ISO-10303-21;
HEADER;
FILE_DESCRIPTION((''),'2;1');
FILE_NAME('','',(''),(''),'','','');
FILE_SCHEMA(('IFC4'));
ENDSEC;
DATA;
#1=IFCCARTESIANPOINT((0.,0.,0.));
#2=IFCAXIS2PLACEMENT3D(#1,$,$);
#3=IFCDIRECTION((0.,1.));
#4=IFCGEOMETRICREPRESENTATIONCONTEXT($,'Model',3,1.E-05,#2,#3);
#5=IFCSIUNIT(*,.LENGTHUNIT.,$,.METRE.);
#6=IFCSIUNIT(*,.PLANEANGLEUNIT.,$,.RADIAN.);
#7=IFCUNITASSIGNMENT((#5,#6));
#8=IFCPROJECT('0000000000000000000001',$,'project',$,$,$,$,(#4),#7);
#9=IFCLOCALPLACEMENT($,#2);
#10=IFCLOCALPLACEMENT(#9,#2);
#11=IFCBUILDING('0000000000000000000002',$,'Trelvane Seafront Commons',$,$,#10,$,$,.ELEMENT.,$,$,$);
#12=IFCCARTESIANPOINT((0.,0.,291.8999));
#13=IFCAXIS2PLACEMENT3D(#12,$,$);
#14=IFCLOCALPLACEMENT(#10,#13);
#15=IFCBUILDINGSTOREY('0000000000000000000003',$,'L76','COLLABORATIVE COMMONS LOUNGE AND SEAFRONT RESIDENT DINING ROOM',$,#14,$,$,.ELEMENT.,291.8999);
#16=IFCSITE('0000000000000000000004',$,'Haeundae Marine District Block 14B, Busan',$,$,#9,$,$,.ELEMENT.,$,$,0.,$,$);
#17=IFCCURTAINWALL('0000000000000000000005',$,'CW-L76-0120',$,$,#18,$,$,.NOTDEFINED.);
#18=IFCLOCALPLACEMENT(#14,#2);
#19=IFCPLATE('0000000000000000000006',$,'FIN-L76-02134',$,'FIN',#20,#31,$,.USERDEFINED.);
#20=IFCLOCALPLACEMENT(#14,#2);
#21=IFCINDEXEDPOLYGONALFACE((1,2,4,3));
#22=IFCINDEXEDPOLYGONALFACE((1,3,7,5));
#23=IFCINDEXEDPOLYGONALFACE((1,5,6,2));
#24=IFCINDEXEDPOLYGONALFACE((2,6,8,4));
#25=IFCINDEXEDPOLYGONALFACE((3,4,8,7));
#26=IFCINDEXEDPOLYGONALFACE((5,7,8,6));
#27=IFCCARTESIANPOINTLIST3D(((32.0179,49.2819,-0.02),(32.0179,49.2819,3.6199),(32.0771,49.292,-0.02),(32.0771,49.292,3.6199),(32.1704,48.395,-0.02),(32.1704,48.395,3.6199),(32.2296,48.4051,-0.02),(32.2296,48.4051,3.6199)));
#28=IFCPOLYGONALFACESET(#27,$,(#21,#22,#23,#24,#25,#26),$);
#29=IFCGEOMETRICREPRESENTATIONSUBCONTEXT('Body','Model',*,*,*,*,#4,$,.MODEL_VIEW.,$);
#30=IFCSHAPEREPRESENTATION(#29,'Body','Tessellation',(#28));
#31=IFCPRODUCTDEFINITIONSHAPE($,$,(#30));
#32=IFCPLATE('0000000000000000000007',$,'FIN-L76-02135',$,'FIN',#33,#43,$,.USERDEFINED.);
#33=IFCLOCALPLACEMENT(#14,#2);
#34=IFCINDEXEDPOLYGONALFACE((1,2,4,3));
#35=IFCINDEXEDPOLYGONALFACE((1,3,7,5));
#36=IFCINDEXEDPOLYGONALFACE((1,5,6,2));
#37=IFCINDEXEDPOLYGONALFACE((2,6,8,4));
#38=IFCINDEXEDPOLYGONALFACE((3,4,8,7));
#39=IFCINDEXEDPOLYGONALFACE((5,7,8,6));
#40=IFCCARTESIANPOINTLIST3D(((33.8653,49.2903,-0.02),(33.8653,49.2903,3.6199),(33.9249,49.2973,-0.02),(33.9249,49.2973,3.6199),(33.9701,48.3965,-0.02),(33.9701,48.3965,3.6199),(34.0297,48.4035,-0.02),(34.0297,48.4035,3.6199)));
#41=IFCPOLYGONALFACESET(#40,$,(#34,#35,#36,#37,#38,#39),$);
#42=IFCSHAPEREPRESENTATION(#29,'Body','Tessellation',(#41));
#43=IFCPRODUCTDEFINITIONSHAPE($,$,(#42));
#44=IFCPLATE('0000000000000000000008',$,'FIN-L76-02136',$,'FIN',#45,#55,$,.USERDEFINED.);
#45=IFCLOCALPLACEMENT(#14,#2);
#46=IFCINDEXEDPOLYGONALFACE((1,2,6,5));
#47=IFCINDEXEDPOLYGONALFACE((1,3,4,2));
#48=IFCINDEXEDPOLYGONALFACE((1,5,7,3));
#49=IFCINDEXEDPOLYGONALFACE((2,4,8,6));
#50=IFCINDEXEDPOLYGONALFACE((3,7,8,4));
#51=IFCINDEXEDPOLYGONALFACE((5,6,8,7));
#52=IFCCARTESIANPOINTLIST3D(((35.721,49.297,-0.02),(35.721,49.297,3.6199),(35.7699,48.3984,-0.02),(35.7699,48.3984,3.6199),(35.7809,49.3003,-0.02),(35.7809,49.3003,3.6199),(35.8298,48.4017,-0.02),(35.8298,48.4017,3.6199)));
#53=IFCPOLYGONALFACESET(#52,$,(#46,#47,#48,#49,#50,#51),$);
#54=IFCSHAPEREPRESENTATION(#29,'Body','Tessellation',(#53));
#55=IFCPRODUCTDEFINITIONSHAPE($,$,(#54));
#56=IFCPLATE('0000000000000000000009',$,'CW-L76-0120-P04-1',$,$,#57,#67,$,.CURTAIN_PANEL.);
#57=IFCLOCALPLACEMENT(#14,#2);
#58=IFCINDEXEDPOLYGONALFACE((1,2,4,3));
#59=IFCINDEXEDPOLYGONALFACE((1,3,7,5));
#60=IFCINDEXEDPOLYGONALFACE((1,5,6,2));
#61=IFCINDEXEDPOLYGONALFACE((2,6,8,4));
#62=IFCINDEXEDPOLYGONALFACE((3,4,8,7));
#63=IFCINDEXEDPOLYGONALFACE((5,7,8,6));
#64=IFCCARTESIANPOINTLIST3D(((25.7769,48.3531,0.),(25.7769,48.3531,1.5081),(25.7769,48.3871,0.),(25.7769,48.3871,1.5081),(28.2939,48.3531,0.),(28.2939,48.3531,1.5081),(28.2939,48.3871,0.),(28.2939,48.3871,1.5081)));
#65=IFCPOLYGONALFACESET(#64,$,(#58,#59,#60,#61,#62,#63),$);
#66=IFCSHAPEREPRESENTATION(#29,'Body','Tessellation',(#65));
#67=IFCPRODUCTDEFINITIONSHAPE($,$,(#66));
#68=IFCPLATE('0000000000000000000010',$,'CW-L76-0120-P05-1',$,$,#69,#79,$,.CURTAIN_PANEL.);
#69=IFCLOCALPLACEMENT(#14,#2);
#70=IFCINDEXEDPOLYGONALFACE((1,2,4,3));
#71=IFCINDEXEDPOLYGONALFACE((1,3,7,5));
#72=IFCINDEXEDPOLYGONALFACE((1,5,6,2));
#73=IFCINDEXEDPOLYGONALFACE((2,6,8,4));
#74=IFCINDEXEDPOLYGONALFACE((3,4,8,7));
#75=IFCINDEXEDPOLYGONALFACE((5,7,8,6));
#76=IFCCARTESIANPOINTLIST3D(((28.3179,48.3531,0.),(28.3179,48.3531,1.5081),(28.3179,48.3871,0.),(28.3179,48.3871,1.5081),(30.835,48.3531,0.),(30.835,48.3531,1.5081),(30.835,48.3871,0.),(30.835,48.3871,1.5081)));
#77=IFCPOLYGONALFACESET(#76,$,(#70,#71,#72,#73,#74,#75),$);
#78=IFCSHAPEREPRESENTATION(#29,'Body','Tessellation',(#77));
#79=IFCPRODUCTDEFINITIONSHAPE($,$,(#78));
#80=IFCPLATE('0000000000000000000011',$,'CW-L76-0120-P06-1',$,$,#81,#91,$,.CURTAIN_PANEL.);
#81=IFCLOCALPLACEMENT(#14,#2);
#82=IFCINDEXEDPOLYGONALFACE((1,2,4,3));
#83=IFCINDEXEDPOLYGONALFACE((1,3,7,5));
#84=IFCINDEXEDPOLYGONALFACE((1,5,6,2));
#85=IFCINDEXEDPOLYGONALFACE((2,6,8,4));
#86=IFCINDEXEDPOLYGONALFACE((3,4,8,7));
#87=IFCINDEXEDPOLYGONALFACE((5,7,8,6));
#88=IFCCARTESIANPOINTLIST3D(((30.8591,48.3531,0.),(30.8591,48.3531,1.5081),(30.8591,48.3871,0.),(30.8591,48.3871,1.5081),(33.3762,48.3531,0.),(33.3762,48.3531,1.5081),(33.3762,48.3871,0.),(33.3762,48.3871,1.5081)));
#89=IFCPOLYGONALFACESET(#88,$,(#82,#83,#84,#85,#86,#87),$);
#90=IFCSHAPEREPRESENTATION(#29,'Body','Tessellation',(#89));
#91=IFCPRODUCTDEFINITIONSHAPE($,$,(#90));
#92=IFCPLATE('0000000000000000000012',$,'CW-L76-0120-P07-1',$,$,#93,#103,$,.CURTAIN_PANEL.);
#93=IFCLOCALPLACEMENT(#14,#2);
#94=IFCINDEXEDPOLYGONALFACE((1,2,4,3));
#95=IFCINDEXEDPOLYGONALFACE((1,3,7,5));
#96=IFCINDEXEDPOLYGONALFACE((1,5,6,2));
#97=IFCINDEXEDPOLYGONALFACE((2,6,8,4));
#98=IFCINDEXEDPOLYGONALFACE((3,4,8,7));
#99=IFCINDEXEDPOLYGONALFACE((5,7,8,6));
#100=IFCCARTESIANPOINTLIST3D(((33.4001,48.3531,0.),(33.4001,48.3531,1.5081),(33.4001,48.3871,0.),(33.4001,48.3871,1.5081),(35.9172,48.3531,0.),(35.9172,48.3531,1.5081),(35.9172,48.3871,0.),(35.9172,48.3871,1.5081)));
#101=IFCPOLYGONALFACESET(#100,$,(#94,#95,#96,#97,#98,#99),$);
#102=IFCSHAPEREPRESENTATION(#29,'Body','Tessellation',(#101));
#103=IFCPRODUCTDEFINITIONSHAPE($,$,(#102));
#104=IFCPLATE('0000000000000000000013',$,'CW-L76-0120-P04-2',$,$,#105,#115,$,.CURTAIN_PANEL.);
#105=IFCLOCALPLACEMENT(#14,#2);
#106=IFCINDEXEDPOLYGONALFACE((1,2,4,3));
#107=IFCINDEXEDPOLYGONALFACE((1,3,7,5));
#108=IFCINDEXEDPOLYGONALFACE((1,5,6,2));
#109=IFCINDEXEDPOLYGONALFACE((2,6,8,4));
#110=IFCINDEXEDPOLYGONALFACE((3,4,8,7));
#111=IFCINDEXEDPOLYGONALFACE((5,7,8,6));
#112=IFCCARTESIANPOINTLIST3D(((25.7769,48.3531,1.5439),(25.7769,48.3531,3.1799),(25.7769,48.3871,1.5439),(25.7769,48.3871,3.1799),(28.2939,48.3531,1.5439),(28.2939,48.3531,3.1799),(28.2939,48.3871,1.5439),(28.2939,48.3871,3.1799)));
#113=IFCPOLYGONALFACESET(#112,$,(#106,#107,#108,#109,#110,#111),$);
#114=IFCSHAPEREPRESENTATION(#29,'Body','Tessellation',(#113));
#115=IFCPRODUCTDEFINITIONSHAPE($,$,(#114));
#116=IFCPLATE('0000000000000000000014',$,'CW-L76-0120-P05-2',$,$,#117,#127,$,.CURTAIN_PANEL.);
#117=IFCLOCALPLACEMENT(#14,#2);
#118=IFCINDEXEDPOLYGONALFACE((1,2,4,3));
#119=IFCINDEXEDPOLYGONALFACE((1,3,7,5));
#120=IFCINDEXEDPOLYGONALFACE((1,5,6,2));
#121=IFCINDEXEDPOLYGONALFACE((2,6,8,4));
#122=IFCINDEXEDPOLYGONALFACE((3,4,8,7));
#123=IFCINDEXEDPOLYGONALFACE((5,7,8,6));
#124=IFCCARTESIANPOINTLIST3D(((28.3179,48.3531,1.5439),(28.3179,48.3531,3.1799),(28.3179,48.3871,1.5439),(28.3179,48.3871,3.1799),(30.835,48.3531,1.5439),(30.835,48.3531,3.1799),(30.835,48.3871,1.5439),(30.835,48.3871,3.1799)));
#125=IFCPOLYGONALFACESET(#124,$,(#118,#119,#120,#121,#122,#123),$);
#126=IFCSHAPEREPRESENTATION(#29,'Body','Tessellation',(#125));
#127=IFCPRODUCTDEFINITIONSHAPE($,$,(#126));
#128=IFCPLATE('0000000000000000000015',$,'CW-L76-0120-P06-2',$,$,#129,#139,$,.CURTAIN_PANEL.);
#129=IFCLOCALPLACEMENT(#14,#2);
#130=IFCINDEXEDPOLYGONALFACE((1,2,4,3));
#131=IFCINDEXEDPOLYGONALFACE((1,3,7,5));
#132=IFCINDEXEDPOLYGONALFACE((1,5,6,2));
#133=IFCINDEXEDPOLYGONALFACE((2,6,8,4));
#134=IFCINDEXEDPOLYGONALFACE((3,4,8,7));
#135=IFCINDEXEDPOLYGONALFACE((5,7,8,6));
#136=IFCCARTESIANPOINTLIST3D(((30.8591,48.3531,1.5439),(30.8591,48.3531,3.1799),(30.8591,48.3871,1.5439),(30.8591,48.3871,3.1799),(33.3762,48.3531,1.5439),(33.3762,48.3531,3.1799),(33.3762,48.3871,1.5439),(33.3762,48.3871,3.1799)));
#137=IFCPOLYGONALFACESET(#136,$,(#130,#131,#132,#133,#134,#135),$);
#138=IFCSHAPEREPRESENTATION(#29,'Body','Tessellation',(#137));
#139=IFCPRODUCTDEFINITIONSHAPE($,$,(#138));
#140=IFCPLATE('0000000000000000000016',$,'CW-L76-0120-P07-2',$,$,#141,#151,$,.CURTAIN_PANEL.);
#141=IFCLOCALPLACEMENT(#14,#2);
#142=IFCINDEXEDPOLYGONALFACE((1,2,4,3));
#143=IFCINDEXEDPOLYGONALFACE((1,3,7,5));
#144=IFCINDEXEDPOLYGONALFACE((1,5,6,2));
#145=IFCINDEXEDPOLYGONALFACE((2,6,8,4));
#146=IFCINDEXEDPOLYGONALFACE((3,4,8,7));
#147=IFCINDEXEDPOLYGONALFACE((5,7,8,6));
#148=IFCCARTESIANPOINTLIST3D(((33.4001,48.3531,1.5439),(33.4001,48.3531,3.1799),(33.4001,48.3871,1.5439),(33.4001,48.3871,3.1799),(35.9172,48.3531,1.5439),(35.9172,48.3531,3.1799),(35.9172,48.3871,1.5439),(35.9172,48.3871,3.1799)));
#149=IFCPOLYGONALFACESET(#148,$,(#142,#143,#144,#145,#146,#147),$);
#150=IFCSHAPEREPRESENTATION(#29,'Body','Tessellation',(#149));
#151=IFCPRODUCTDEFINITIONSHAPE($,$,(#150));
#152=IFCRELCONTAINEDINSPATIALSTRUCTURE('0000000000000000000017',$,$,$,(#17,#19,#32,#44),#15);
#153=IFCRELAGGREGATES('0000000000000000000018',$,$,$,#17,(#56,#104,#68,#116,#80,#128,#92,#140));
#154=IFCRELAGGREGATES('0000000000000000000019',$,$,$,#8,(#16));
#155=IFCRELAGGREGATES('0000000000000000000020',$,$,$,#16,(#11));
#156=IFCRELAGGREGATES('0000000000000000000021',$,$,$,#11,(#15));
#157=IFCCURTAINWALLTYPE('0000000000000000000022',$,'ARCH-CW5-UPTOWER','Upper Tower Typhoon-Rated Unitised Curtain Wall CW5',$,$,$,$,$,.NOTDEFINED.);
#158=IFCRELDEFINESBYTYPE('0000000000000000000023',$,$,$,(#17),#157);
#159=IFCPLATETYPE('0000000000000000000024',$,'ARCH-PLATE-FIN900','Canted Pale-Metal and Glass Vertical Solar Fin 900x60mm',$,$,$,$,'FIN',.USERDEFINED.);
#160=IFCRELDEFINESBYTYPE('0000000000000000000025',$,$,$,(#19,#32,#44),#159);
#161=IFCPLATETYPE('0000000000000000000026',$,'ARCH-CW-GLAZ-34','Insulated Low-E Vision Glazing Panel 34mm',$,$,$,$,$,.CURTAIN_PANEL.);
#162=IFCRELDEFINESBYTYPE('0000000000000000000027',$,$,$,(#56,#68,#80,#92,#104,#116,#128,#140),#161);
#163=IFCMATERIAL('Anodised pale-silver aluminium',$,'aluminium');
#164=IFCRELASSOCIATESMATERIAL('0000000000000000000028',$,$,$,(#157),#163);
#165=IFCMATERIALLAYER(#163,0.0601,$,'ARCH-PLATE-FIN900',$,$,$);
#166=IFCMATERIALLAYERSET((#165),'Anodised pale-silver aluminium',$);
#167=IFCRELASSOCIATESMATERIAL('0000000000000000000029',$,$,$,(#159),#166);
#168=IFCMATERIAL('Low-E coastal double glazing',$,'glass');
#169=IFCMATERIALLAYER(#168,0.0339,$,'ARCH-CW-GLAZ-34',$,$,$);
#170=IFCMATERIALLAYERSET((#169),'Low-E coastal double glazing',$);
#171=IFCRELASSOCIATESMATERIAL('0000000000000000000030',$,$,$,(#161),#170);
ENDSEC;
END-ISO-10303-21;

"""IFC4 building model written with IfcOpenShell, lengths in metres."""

from ifc_helpers import new_model, si_unit, direction, frame, origin, origin_2d, place, context, subcontext, project, spatial, rectangle, extrude, source, transform, mapped, material, layer, layer_set, type_object, element, aggregate, save


model = new_model("IFC4")

# Units and contexts
model_context = context("Model", 3, precision=1e-05, world=origin(), true_north=direction((0.0, 1.0)))
body_context = subcontext(model_context, "Body", "Model", "MODEL_VIEW")
ifc_project = project(units=[si_unit("LENGTHUNIT", "METRE"), si_unit("PLANEANGLEUNIT", "RADIAN")], contexts=[model_context])

# Site, building, storey
site_placement = place(None, origin())
site = spatial("IfcSite", under=ifc_project, at=site_placement, Name="Haeundae Marine District Block 14B, Busan", CompositionType="ELEMENT", RefElevation=0.0)
building_placement = place(site_placement, origin())
building = spatial("IfcBuilding", under=site, at=building_placement, Name="Trelvane Seafront Commons", CompositionType="ELEMENT")
storey_placement = place(building_placement, frame((0.0, 0.0, 291.8999)))
storey = spatial("IfcBuildingStorey", under=building, at=storey_placement, Name="L76", Description="COLLABORATIVE COMMONS LOUNGE AND SEAFRONT RESIDENT DINING ROOM", CompositionType="ELEMENT", Elevation=291.8999)

# Curtain wall
ifc_material_1 = material(Name="Anodised pale-silver aluminium", Category="aluminium")
curtain_wall_type = type_object("IfcCurtainWallType", Name="ARCH-CW5-UPTOWER", Description="Upper Tower Typhoon-Rated Unitised Curtain Wall CW5", PredefinedType="NOTDEFINED", material=ifc_material_1)
curtain_wall_placement = place(storey_placement, origin())
curtain_wall = element("IfcCurtainWall", 1, at=curtain_wall_placement, inside=storey, type_object=curtain_wall_type, Name="CW-L76-0120", PredefinedType="NOTDEFINED")

# Plates
ifc_layer_1 = layer(ifc_material_1, 0.0601, Name="ARCH-PLATE-FIN900")
ifc_layer_set_1 = layer_set([ifc_layer_1], Name="Anodised pale-silver aluminium")
plate_type_1 = type_object("IfcPlateType", Name="ARCH-PLATE-FIN900", Description="Canted Pale-Metal and Glass Vertical Solar Fin 900x60mm", ElementType="FIN", PredefinedType="USERDEFINED", material=ifc_layer_set_1)
shared_shape_1 = source(origin(), body_context, "Body", "SweptSolid", [
    extrude(rectangle(XDim=0.8999, YDim=0.0601, at=origin_2d()), origin(), (0.0, 0.0, 1.0), 3.6399),
])
for number, where, z_axis, x_axis, name in (
    (2, (32.1238, 48.8435, -0.02), (0.0, 0.0, 1.0), (-0.169442, 0.98554, 0.0), "FIN-L76-02134"),
    (3, (33.9475, 48.8469, -0.02), (0.0, 0.0, 1.0), (-0.116442, 0.993198, 0.0), "FIN-L76-02135"),
    (4, (35.7754, 48.8494, -0.02), (0.0, 0.0, 1.0), (-0.054332, 0.998523, 0.0), "FIN-L76-02136"),
):
    element("IfcPlate", number, at=place(storey_placement, frame(where, z_axis=z_axis, x_axis=x_axis)), inside=storey, type_object=plate_type_1, Name=name, ObjectType="FIN", PredefinedType="USERDEFINED", context=body_context, shape_type="MappedRepresentation", body=[
        mapped(shared_shape_1, transform((0.0, 0.0, 0.0), x_axis=(1.0, 0.0, 0.0), y_axis=(0.0, 1.0, 0.0), z_axis=(0.0, 0.0, 1.0), scale=1.0)),
    ])

# Plates
ifc_material_2 = material(Name="Low-E coastal double glazing", Category="glass")
ifc_layer_2 = layer(ifc_material_2, 0.0339, Name="ARCH-CW-GLAZ-34")
ifc_layer_set_2 = layer_set([ifc_layer_2], Name="Low-E coastal double glazing")
plate_type_2 = type_object("IfcPlateType", Name="ARCH-CW-GLAZ-34", Description="Insulated Low-E Vision Glazing Panel 34mm", PredefinedType="CURTAIN_PANEL", material=ifc_layer_set_2)
shared_shape_2 = source(origin(), body_context, "Body", "SweptSolid", [
    extrude(rectangle(XDim=2.5171, YDim=0.0339, at=origin_2d()), origin(), (0.0, 0.0, 1.0), 1.5081),
])
plate_1_placement = place(storey_placement, frame((27.0354, 48.3701, 0.0), z_axis=(0.0, 0.0, 1.0), x_axis=(1.0, 0.0, 0.0)))
plate_1 = element("IfcPlate", 5, at=plate_1_placement, type_object=plate_type_2, Name="CW-L76-0120-P04-1", PredefinedType="CURTAIN_PANEL", context=body_context, shape_type="MappedRepresentation", body=[
    mapped(shared_shape_2, transform((0.0, 0.0, 0.0), x_axis=(1.0, 0.0, 0.0), y_axis=(0.0, 1.0, 0.0), z_axis=(0.0, 0.0, 1.0), scale=1.0)),
])
plate_2_placement = place(storey_placement, frame((29.5764, 48.3701, 0.0), z_axis=(0.0, 0.0, 1.0), x_axis=(1.0, 0.0, 0.0)))
plate_2 = element("IfcPlate", 6, at=plate_2_placement, type_object=plate_type_2, Name="CW-L76-0120-P05-1", PredefinedType="CURTAIN_PANEL", context=body_context, shape_type="MappedRepresentation", body=[
    mapped(shared_shape_2, transform((0.0, 0.0, 0.0), x_axis=(1.0, 0.0, 0.0), y_axis=(0.0, 1.0, 0.0), z_axis=(0.0, 0.0, 1.0), scale=1.0)),
])
plate_3_placement = place(storey_placement, frame((32.1177, 48.3701, 0.0), z_axis=(0.0, 0.0, 1.0), x_axis=(1.0, 0.0, 0.0)))
plate_3 = element("IfcPlate", 7, at=plate_3_placement, type_object=plate_type_2, Name="CW-L76-0120-P06-1", PredefinedType="CURTAIN_PANEL", context=body_context, shape_type="MappedRepresentation", body=[
    mapped(shared_shape_2, transform((0.0, 0.0, 0.0), x_axis=(1.0, 0.0, 0.0), y_axis=(0.0, 1.0, 0.0), z_axis=(0.0, 0.0, 1.0), scale=1.0)),
])
plate_4_placement = place(storey_placement, frame((34.6587, 48.3701, 0.0), z_axis=(0.0, 0.0, 1.0), x_axis=(1.0, 0.0, 0.0)))
plate_4 = element("IfcPlate", 8, at=plate_4_placement, type_object=plate_type_2, Name="CW-L76-0120-P07-1", PredefinedType="CURTAIN_PANEL", context=body_context, shape_type="MappedRepresentation", body=[
    mapped(shared_shape_2, transform((0.0, 0.0, 0.0), x_axis=(1.0, 0.0, 0.0), y_axis=(0.0, 1.0, 0.0), z_axis=(0.0, 0.0, 1.0), scale=1.0)),
])
shared_shape_3 = source(origin(), body_context, "Body", "SweptSolid", [
    extrude(rectangle(XDim=2.5171, YDim=0.0339, at=origin_2d()), origin(), (0.0, 0.0, 1.0), 1.636),
])
plate_5_placement = place(storey_placement, frame((27.0354, 48.3701, 1.5439), z_axis=(0.0, 0.0, 1.0), x_axis=(1.0, 0.0, 0.0)))
plate_5 = element("IfcPlate", 9, at=plate_5_placement, type_object=plate_type_2, Name="CW-L76-0120-P04-2", PredefinedType="CURTAIN_PANEL", context=body_context, shape_type="MappedRepresentation", body=[
    mapped(shared_shape_3, transform((0.0, 0.0, 0.0), x_axis=(1.0, 0.0, 0.0), y_axis=(0.0, 1.0, 0.0), z_axis=(0.0, 0.0, 1.0), scale=1.0)),
])
plate_6_placement = place(storey_placement, frame((29.5764, 48.3701, 1.5439), z_axis=(0.0, 0.0, 1.0), x_axis=(1.0, 0.0, 0.0)))
plate_6 = element("IfcPlate", 10, at=plate_6_placement, type_object=plate_type_2, Name="CW-L76-0120-P05-2", PredefinedType="CURTAIN_PANEL", context=body_context, shape_type="MappedRepresentation", body=[
    mapped(shared_shape_3, transform((0.0, 0.0, 0.0), x_axis=(1.0, 0.0, 0.0), y_axis=(0.0, 1.0, 0.0), z_axis=(0.0, 0.0, 1.0), scale=1.0)),
])
plate_7_placement = place(storey_placement, frame((32.1177, 48.3701, 1.5439), z_axis=(0.0, 0.0, 1.0), x_axis=(1.0, 0.0, 0.0)))
plate_7 = element("IfcPlate", 11, at=plate_7_placement, type_object=plate_type_2, Name="CW-L76-0120-P06-2", PredefinedType="CURTAIN_PANEL", context=body_context, shape_type="MappedRepresentation", body=[
    mapped(shared_shape_3, transform((0.0, 0.0, 0.0), x_axis=(1.0, 0.0, 0.0), y_axis=(0.0, 1.0, 0.0), z_axis=(0.0, 0.0, 1.0), scale=1.0)),
])
plate_8_placement = place(storey_placement, frame((34.6587, 48.3701, 1.5439), z_axis=(0.0, 0.0, 1.0), x_axis=(1.0, 0.0, 0.0)))
plate_8 = element("IfcPlate", 12, at=plate_8_placement, type_object=plate_type_2, Name="CW-L76-0120-P07-2", PredefinedType="CURTAIN_PANEL", context=body_context, shape_type="MappedRepresentation", body=[
    mapped(shared_shape_3, transform((0.0, 0.0, 0.0), x_axis=(1.0, 0.0, 0.0), y_axis=(0.0, 1.0, 0.0), z_axis=(0.0, 0.0, 1.0), scale=1.0)),
])
aggregate(curtain_wall, [plate_1, plate_5, plate_2, plate_6, plate_3, plate_7, plate_4, plate_8])

save(model, "model.ifc")
